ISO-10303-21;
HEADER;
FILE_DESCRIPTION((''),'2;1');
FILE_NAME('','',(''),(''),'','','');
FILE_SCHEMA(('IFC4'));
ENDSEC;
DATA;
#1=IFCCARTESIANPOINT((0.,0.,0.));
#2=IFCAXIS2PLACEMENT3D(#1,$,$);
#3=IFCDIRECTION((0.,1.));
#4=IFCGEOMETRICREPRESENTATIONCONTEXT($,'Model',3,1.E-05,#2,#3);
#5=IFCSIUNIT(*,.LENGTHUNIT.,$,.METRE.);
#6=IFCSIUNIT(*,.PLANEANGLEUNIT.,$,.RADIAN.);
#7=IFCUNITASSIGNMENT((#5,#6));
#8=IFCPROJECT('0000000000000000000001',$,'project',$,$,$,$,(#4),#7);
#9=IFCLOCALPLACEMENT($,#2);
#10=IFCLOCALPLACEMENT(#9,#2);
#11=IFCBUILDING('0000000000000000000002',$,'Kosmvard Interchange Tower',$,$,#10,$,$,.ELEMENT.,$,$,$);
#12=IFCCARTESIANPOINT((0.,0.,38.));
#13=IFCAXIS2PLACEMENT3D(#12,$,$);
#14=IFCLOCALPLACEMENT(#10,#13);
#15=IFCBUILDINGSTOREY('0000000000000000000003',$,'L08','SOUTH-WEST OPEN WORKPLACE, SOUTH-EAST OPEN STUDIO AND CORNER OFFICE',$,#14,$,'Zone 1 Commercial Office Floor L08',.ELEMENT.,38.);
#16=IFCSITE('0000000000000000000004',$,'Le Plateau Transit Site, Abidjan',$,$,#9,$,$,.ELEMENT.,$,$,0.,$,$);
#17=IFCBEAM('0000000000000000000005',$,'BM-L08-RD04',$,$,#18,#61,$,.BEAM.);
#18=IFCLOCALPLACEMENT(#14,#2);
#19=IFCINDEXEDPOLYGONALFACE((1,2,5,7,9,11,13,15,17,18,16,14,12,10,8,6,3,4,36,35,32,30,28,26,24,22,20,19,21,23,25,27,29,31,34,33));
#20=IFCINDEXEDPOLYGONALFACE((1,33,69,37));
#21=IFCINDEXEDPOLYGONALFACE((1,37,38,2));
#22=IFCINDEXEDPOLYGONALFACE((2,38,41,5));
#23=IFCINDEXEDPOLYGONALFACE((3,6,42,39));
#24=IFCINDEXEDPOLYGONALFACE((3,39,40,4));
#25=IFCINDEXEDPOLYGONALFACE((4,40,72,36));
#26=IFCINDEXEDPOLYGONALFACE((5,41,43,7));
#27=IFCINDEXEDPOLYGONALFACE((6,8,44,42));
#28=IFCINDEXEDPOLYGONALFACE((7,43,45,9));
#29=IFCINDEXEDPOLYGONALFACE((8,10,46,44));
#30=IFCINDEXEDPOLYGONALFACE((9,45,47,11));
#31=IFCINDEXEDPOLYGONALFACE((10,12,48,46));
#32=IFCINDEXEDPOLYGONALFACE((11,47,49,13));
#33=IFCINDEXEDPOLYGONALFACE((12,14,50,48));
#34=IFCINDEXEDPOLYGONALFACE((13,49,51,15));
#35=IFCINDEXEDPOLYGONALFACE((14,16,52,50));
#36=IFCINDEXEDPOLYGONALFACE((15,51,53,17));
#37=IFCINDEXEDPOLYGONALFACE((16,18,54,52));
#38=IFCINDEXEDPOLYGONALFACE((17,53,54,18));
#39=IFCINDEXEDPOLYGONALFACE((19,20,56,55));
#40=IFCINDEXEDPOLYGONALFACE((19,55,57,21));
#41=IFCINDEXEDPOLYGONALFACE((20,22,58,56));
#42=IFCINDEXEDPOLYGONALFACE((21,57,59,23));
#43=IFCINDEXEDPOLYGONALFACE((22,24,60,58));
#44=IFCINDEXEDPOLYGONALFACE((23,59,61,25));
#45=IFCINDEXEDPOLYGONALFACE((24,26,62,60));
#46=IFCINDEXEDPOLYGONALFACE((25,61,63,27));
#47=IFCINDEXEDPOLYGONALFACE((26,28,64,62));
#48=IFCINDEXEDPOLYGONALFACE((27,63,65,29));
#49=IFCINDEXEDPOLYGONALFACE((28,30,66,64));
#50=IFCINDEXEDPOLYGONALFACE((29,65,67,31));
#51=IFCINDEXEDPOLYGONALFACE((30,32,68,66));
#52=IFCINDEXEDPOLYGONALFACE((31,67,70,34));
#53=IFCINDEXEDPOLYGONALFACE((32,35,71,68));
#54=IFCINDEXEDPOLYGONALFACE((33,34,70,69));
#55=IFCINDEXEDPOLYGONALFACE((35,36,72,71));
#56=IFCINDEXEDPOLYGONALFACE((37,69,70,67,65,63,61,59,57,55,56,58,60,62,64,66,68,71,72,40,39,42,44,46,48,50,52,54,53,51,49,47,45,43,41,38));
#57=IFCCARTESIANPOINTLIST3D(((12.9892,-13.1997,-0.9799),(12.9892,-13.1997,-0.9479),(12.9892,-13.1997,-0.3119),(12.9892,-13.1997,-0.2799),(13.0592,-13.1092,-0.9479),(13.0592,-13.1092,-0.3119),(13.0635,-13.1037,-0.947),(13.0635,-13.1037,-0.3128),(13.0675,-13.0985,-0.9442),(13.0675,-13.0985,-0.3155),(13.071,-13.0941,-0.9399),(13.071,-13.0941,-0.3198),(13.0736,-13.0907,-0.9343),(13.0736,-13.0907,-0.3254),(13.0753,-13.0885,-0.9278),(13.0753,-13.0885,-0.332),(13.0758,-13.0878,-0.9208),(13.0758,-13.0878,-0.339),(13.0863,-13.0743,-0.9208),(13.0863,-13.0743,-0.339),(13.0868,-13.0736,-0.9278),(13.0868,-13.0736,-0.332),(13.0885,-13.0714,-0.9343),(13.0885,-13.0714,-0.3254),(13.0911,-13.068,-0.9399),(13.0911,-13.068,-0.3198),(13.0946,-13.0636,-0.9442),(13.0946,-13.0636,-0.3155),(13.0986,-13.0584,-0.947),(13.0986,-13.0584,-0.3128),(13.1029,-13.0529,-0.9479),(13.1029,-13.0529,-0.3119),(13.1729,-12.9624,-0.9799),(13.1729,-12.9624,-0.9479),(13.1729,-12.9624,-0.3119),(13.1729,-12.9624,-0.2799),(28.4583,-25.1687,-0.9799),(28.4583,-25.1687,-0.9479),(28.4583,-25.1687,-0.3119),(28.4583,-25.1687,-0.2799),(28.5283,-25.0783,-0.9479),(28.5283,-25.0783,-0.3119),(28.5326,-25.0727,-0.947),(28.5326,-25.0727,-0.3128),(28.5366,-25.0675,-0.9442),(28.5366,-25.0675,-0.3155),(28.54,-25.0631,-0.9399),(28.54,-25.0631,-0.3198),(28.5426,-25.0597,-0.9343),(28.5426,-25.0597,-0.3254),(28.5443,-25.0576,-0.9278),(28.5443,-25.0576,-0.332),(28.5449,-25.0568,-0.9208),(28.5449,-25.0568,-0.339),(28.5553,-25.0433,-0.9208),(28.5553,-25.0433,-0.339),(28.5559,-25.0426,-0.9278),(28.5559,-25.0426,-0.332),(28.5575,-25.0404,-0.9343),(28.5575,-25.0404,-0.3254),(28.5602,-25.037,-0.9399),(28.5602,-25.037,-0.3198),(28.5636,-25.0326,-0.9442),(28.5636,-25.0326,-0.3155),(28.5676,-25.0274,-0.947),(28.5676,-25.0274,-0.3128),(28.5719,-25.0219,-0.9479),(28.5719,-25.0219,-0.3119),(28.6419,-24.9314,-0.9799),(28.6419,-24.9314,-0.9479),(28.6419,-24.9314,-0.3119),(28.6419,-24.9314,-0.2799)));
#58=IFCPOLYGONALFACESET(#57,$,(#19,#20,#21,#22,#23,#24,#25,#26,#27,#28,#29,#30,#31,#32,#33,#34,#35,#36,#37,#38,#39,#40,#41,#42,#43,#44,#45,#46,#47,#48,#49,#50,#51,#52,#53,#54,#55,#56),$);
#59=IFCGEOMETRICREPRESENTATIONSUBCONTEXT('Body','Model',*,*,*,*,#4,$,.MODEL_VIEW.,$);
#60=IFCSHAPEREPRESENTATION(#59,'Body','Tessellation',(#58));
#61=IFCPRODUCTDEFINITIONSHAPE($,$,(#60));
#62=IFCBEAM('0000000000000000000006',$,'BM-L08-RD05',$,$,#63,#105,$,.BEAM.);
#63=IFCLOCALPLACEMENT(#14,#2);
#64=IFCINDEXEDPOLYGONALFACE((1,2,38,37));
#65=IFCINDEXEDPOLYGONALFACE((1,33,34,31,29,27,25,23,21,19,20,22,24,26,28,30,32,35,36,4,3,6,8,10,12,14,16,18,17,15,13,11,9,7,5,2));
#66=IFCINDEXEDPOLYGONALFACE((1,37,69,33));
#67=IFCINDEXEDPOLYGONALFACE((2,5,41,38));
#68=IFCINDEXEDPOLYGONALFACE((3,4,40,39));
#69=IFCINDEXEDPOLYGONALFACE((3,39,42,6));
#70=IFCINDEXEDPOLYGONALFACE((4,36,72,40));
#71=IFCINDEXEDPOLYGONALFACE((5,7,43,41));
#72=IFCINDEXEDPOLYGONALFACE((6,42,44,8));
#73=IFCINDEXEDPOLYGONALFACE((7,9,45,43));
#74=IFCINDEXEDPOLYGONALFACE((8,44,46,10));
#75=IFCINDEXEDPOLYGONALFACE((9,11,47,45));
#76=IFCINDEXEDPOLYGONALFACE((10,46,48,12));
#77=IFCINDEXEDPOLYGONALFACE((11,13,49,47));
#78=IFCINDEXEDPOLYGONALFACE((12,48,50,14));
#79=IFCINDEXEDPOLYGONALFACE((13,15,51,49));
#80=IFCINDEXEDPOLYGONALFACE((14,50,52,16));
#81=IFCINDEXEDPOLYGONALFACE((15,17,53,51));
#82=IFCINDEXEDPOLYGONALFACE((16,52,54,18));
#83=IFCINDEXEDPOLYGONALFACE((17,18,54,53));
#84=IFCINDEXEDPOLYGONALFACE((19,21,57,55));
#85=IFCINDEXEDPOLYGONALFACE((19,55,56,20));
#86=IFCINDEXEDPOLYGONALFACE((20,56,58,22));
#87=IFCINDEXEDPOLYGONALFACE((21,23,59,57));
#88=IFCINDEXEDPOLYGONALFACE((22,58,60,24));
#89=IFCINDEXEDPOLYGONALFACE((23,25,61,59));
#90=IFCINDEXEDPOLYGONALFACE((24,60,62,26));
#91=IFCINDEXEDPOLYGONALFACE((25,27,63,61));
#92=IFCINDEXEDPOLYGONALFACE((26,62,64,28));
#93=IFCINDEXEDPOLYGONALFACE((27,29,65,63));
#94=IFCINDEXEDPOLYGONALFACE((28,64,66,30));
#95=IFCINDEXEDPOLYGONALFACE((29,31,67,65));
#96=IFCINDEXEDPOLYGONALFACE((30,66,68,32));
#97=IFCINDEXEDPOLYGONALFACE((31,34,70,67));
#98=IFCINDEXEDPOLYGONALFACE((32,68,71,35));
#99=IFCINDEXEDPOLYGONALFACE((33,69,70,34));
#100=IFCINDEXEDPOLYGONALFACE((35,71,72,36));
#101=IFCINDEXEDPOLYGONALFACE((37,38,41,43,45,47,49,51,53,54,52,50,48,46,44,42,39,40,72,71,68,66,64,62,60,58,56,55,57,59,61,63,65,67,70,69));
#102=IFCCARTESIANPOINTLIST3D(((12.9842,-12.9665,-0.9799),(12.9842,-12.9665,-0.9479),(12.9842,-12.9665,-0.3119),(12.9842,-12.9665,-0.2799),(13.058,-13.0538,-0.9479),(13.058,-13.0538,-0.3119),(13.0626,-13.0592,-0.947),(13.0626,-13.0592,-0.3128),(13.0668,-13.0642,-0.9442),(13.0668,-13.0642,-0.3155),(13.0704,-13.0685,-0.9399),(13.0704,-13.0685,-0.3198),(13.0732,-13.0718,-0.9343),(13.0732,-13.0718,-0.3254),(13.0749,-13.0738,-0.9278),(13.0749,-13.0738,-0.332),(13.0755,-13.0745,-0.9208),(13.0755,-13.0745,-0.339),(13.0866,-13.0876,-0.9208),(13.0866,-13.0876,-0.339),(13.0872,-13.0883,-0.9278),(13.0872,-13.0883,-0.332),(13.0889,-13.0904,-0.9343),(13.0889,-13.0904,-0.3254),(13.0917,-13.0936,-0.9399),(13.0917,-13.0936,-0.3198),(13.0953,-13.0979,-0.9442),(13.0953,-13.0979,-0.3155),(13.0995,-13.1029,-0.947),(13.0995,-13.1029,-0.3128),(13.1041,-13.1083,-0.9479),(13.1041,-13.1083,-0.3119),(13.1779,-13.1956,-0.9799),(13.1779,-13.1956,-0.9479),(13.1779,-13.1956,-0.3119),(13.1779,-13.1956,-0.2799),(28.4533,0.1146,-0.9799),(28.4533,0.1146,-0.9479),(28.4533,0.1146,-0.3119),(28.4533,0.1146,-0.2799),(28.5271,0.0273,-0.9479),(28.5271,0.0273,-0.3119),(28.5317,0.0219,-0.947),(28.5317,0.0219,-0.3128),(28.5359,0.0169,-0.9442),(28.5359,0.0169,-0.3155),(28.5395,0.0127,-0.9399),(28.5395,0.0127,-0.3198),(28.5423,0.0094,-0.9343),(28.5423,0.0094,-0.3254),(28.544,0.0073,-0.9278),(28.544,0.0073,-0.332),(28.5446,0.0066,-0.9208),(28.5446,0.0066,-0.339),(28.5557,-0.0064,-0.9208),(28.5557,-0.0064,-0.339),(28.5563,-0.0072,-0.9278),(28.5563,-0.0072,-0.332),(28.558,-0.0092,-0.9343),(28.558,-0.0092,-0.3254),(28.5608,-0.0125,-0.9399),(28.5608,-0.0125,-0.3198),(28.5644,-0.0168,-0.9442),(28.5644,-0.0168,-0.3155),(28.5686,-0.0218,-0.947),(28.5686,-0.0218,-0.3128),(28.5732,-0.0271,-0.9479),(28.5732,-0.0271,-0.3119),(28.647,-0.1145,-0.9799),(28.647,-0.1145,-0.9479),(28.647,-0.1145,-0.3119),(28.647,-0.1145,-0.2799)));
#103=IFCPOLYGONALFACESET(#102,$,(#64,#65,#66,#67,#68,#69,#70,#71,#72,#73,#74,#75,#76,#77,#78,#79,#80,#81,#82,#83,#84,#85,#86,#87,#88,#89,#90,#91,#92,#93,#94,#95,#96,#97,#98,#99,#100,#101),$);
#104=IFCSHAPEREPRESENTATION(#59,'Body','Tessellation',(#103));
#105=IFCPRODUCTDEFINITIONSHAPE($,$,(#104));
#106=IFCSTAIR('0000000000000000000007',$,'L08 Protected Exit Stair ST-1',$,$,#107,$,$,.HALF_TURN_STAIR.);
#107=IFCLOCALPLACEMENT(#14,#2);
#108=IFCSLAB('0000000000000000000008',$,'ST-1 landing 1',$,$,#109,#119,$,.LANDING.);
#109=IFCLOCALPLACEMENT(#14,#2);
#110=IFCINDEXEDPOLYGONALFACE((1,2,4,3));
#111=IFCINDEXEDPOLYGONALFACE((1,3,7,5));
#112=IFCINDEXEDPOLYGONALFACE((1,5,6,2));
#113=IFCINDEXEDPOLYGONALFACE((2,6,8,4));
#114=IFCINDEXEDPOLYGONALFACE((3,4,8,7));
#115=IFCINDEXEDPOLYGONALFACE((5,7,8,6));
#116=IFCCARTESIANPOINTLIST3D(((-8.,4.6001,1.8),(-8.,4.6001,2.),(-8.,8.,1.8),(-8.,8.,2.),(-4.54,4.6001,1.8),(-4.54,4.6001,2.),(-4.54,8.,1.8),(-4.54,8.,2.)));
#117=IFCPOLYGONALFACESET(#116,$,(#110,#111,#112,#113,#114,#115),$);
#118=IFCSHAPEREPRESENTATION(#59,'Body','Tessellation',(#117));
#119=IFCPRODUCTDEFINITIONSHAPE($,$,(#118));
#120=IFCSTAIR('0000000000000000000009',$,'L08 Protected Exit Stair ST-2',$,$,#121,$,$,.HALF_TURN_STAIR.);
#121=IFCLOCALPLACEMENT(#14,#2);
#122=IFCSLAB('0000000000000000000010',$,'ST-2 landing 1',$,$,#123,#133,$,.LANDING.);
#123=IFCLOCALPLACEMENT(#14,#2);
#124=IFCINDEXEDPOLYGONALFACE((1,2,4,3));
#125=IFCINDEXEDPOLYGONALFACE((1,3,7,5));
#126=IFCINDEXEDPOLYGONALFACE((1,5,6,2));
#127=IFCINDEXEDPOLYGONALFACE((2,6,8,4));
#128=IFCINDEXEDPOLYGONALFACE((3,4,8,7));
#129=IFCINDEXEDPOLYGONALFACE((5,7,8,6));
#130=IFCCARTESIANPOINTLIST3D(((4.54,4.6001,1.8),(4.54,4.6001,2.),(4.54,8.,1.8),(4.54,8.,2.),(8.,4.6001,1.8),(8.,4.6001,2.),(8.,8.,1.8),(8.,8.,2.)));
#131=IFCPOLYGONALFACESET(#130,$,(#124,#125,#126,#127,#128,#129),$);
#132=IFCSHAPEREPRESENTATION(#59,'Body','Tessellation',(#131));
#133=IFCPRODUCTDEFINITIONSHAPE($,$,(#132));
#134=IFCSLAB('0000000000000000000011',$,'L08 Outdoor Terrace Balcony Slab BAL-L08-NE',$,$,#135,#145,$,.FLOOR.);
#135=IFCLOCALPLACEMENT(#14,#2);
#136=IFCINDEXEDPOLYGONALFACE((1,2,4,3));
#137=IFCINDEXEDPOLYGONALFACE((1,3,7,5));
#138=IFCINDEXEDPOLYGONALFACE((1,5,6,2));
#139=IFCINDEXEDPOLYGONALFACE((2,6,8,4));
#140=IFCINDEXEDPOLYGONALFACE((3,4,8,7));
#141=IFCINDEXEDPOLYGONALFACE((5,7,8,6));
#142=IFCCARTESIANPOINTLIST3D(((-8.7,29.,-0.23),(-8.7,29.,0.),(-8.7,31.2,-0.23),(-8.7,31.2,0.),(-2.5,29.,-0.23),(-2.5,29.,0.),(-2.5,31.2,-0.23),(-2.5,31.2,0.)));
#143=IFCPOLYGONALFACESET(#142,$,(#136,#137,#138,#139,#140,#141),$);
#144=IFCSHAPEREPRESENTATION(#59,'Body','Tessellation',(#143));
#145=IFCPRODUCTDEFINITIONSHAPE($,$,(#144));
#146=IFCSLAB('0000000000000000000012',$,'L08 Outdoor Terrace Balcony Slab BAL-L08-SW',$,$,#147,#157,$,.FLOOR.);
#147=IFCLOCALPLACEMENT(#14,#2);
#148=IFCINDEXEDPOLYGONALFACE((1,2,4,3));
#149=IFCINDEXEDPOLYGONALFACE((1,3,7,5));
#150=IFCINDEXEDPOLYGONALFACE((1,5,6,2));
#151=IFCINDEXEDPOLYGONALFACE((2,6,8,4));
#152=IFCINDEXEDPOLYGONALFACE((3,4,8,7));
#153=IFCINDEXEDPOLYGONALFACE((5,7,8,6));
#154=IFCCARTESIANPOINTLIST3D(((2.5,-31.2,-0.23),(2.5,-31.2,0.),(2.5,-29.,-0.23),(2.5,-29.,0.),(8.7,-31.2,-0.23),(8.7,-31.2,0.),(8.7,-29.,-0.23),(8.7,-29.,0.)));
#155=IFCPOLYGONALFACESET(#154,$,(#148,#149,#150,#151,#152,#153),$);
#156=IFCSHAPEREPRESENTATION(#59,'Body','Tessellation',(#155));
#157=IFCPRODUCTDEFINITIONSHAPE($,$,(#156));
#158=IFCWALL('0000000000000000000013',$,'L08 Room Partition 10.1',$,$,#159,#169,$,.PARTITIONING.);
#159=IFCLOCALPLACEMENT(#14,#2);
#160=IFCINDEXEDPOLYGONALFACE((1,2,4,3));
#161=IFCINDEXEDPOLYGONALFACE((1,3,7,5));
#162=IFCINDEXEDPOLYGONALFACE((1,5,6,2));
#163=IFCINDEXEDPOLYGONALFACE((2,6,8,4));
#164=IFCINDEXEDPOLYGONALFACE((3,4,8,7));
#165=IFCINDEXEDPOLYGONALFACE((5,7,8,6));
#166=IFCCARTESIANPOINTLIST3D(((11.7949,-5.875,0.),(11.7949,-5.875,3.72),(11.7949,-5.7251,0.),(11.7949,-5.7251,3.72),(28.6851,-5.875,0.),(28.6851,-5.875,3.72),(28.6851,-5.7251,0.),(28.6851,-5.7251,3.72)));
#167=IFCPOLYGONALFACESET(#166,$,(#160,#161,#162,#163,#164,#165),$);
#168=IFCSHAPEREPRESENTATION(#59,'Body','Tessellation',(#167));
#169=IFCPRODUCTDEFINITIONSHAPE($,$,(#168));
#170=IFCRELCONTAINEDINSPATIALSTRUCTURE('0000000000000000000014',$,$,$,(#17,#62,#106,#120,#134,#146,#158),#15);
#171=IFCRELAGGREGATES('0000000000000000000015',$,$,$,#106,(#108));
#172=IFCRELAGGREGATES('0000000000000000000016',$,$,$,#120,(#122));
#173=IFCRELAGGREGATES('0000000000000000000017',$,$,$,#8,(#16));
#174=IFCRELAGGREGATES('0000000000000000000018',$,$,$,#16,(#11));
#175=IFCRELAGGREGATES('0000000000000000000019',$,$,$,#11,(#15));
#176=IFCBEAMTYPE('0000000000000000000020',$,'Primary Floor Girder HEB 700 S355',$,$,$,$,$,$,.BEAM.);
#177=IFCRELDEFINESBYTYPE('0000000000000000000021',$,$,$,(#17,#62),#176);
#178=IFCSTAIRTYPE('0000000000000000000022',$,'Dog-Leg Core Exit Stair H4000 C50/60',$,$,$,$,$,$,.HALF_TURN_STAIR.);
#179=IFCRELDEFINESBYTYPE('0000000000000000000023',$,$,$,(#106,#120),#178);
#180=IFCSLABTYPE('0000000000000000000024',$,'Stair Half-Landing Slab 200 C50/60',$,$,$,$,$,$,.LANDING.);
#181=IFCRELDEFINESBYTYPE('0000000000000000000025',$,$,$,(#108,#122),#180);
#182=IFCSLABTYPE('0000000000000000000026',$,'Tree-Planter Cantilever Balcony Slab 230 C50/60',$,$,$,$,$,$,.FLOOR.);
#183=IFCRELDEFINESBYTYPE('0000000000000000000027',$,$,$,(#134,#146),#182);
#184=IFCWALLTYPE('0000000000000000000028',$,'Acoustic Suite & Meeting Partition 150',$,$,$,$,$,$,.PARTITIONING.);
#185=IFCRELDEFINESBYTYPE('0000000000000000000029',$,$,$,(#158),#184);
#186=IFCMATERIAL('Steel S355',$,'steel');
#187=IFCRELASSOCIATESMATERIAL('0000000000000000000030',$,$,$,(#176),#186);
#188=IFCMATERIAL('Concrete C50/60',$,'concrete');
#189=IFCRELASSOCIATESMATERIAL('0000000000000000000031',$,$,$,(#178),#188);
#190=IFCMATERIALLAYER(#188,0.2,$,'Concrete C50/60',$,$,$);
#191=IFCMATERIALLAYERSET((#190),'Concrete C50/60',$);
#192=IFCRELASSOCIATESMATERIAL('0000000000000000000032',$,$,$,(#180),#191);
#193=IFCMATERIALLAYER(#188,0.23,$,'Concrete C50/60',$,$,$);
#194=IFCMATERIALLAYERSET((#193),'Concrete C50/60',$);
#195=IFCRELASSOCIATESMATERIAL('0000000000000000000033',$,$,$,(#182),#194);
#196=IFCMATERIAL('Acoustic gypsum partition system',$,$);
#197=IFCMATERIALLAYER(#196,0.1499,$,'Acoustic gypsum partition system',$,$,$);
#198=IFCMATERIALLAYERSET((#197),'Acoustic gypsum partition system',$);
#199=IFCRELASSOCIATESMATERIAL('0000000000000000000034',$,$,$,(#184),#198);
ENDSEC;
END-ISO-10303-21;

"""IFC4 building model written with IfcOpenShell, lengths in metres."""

from ifc_helpers import new_model, si_unit, direction, frame, frame_2d, origin, origin_2d, place, context, subcontext, project, spatial, polyline, rectangle, i_section, outline, extrude, source, transform, mapped, material, layer, layer_set, material_profile, profile_set, type_object, element, aggregate, save


model = new_model("IFC4")

# Units and contexts
model_context = context("Model", 3, precision=1e-05, world=origin(), true_north=direction((0.0, 1.0)))
body_context = subcontext(model_context, "Body", "Model", "MODEL_VIEW")
ifc_project = project(units=[si_unit("LENGTHUNIT", "METRE"), si_unit("PLANEANGLEUNIT", "RADIAN")], contexts=[model_context])

# Site, building, storey
site_placement = place(None, origin())
site = spatial("IfcSite", under=ifc_project, at=site_placement, Name="Le Plateau Transit Site, Abidjan", CompositionType="ELEMENT", RefElevation=0.0)
building_placement = place(site_placement, origin())
building = spatial("IfcBuilding", under=site, at=building_placement, Name="Kosmvard Interchange Tower", CompositionType="ELEMENT")
storey_placement = place(building_placement, frame((0.0, 0.0, 38.0)))
storey = spatial("IfcBuildingStorey", under=building, at=storey_placement, Name="L08", Description="SOUTH-WEST OPEN WORKPLACE, SOUTH-EAST OPEN STUDIO AND CORNER OFFICE", LongName="Zone 1 Commercial Office Floor L08", CompositionType="ELEMENT", Elevation=38.0)

# Beams
ifc_material_1 = material(Name="Steel S355", Category="steel")
ifc_material_profile_1 = material_profile(ifc_material_1, i_section(OverallWidth=0.3, OverallDepth=0.7, WebThickness=0.0171, FlangeThickness=0.032, FilletRadius=0.0271, at=origin_2d()), Name="HEB 700")
ifc_profile_set_1 = profile_set([ifc_material_profile_1], Name="Steel S355")
beam_type_1 = type_object("IfcBeamType", Name="Primary Floor Girder HEB 700 S355", PredefinedType="BEAM", material=ifc_profile_set_1)
shared_shape_1 = source(origin(), body_context, "Body", "SweptSolid", [
    extrude(i_section(OverallWidth=0.3, OverallDepth=0.7, WebThickness=0.0171, FlangeThickness=0.032, FilletRadius=0.0271, at=origin_2d()), origin(), (0.0, 0.0, 1.0), 19.5588),
])
beam_1_placement = place(storey_placement, frame((13.0811, -13.0811, -0.6299), z_axis=(0.790897, -0.611949, 0.0), x_axis=(0.611949, 0.790897, 0.0)))
element("IfcBeam", 1, at=beam_1_placement, inside=storey, type_object=beam_type_1, Name="BM-L08-RD04", PredefinedType="BEAM", context=body_context, shape_type="MappedRepresentation", body=[
    mapped(shared_shape_1, transform((0.0, 0.0, 0.0), scale=1.0)),
])
shared_shape_2 = source(origin(), body_context, "Body", "SweptSolid", [
    extrude(i_section(OverallWidth=0.3, OverallDepth=0.7, WebThickness=0.0171, FlangeThickness=0.032, FilletRadius=0.0271, at=origin_2d()), origin(), (0.0, 0.0, 1.0), 20.2585),
])
beam_2_placement = place(storey_placement, frame((13.0811, -13.0811, -0.6299), z_axis=(0.763583, 0.645709, 0.0), x_axis=(-0.645709, 0.763583, 0.0)))
element("IfcBeam", 2, at=beam_2_placement, inside=storey, type_object=beam_type_1, Name="BM-L08-RD05", PredefinedType="BEAM", context=body_context, shape_type="MappedRepresentation", body=[
    mapped(shared_shape_2, transform((0.0, 0.0, 0.0), scale=1.0)),
])

# Stairs, slabs
ifc_material_2 = material(Name="Concrete C50/60", Category="concrete")
stair_type = type_object("IfcStairType", Name="Dog-Leg Core Exit Stair H4000 C50/60", PredefinedType="HALF_TURN_STAIR", material=ifc_material_2)
stair_1_placement = place(storey_placement, origin())
stair_1 = element("IfcStair", 3, at=stair_1_placement, inside=storey, type_object=stair_type, Name="L08 Protected Exit Stair ST-1", PredefinedType="HALF_TURN_STAIR")
ifc_layer_1 = layer(ifc_material_2, 0.2, Name="Concrete C50/60")
ifc_layer_set_1 = layer_set([ifc_layer_1], Name="Concrete C50/60")
slab_type_1 = type_object("IfcSlabType", Name="Stair Half-Landing Slab 200 C50/60", PredefinedType="LANDING", material=ifc_layer_set_1)
slab_1_placement = place(storey_placement, frame((0.0, 0.0, 1.8)))
slab_1 = element("IfcSlab", 4, at=slab_1_placement, type_object=slab_type_1, Name="ST-1 landing 1", PredefinedType="LANDING", context=body_context, shape_type="SweptSolid", body=[
    extrude(outline(polyline([(-4.54, 4.6001), (-4.54, 8.0), (-8.0, 8.0), (-8.0, 4.6001), (-4.54, 4.6001)])), origin(), (0.0, 0.0, 1.0), 0.2),
])
aggregate(stair_1, [slab_1])
stair_2_placement = place(storey_placement, origin())
stair_2 = element("IfcStair", 5, at=stair_2_placement, inside=storey, type_object=stair_type, Name="L08 Protected Exit Stair ST-2", PredefinedType="HALF_TURN_STAIR")
slab_2_placement = place(storey_placement, frame((0.0, 0.0, 1.8)))
slab_2 = element("IfcSlab", 6, at=slab_2_placement, type_object=slab_type_1, Name="ST-2 landing 1", PredefinedType="LANDING", context=body_context, shape_type="SweptSolid", body=[
    extrude(outline(polyline([(8.0, 4.6001), (8.0, 8.0), (4.54, 8.0), (4.54, 4.6001), (8.0, 4.6001)])), origin(), (0.0, 0.0, 1.0), 0.2),
])
aggregate(stair_2, [slab_2])

# Slabs
ifc_layer_2 = layer(ifc_material_2, 0.23, Name="Concrete C50/60")
ifc_layer_set_2 = layer_set([ifc_layer_2], Name="Concrete C50/60")
slab_type_2 = type_object("IfcSlabType", Name="Tree-Planter Cantilever Balcony Slab 230 C50/60", PredefinedType="FLOOR", material=ifc_layer_set_2)
slab_3_placement = place(storey_placement, frame((0.0, 0.0, -0.23)))
element("IfcSlab", 7, at=slab_3_placement, inside=storey, type_object=slab_type_2, Name="L08 Outdoor Terrace Balcony Slab BAL-L08-NE", PredefinedType="FLOOR", context=body_context, shape_type="SweptSolid", body=[
    extrude(outline(polyline([(-8.7, 29.0), (-2.5, 29.0), (-2.5, 31.2), (-8.7, 31.2), (-8.7, 29.0)])), origin(), (0.0, 0.0, 1.0), 0.23),
])
slab_4_placement = place(storey_placement, frame((0.0, 0.0, -0.23)))
element("IfcSlab", 8, at=slab_4_placement, inside=storey, type_object=slab_type_2, Name="L08 Outdoor Terrace Balcony Slab BAL-L08-SW", PredefinedType="FLOOR", context=body_context, shape_type="SweptSolid", body=[
    extrude(outline(polyline([(2.5, -31.2), (8.7, -31.2), (8.7, -29.0), (2.5, -29.0), (2.5, -31.2)])), origin(), (0.0, 0.0, 1.0), 0.23),
])

# Wall
ifc_material_3 = material(Name="Acoustic gypsum partition system")
ifc_layer_3 = layer(ifc_material_3, 0.1499, Name="Acoustic gypsum partition system")
ifc_layer_set_3 = layer_set([ifc_layer_3], Name="Acoustic gypsum partition system")
wall_type_1 = type_object("IfcWallType", Name="Acoustic Suite & Meeting Partition 150", PredefinedType="PARTITIONING", material=ifc_layer_set_3)
wall_1_placement = place(storey_placement, frame((11.7949, -5.8, 0.0), z_axis=(0.0, 0.0, 1.0), x_axis=(1.0, 0.0, 0.0)))
element("IfcWall", 9, at=wall_1_placement, inside=storey, type_object=wall_type_1, Name="L08 Room Partition 10.1", PredefinedType="PARTITIONING", context=body_context, shape_type="SweptSolid", body=[
    extrude(rectangle(XDim=16.8901, YDim=0.1499, at=frame_2d((8.4451, 0.0))), origin(), (0.0, 0.0, 1.0), 3.72),
])

save(model, "model.ifc")
